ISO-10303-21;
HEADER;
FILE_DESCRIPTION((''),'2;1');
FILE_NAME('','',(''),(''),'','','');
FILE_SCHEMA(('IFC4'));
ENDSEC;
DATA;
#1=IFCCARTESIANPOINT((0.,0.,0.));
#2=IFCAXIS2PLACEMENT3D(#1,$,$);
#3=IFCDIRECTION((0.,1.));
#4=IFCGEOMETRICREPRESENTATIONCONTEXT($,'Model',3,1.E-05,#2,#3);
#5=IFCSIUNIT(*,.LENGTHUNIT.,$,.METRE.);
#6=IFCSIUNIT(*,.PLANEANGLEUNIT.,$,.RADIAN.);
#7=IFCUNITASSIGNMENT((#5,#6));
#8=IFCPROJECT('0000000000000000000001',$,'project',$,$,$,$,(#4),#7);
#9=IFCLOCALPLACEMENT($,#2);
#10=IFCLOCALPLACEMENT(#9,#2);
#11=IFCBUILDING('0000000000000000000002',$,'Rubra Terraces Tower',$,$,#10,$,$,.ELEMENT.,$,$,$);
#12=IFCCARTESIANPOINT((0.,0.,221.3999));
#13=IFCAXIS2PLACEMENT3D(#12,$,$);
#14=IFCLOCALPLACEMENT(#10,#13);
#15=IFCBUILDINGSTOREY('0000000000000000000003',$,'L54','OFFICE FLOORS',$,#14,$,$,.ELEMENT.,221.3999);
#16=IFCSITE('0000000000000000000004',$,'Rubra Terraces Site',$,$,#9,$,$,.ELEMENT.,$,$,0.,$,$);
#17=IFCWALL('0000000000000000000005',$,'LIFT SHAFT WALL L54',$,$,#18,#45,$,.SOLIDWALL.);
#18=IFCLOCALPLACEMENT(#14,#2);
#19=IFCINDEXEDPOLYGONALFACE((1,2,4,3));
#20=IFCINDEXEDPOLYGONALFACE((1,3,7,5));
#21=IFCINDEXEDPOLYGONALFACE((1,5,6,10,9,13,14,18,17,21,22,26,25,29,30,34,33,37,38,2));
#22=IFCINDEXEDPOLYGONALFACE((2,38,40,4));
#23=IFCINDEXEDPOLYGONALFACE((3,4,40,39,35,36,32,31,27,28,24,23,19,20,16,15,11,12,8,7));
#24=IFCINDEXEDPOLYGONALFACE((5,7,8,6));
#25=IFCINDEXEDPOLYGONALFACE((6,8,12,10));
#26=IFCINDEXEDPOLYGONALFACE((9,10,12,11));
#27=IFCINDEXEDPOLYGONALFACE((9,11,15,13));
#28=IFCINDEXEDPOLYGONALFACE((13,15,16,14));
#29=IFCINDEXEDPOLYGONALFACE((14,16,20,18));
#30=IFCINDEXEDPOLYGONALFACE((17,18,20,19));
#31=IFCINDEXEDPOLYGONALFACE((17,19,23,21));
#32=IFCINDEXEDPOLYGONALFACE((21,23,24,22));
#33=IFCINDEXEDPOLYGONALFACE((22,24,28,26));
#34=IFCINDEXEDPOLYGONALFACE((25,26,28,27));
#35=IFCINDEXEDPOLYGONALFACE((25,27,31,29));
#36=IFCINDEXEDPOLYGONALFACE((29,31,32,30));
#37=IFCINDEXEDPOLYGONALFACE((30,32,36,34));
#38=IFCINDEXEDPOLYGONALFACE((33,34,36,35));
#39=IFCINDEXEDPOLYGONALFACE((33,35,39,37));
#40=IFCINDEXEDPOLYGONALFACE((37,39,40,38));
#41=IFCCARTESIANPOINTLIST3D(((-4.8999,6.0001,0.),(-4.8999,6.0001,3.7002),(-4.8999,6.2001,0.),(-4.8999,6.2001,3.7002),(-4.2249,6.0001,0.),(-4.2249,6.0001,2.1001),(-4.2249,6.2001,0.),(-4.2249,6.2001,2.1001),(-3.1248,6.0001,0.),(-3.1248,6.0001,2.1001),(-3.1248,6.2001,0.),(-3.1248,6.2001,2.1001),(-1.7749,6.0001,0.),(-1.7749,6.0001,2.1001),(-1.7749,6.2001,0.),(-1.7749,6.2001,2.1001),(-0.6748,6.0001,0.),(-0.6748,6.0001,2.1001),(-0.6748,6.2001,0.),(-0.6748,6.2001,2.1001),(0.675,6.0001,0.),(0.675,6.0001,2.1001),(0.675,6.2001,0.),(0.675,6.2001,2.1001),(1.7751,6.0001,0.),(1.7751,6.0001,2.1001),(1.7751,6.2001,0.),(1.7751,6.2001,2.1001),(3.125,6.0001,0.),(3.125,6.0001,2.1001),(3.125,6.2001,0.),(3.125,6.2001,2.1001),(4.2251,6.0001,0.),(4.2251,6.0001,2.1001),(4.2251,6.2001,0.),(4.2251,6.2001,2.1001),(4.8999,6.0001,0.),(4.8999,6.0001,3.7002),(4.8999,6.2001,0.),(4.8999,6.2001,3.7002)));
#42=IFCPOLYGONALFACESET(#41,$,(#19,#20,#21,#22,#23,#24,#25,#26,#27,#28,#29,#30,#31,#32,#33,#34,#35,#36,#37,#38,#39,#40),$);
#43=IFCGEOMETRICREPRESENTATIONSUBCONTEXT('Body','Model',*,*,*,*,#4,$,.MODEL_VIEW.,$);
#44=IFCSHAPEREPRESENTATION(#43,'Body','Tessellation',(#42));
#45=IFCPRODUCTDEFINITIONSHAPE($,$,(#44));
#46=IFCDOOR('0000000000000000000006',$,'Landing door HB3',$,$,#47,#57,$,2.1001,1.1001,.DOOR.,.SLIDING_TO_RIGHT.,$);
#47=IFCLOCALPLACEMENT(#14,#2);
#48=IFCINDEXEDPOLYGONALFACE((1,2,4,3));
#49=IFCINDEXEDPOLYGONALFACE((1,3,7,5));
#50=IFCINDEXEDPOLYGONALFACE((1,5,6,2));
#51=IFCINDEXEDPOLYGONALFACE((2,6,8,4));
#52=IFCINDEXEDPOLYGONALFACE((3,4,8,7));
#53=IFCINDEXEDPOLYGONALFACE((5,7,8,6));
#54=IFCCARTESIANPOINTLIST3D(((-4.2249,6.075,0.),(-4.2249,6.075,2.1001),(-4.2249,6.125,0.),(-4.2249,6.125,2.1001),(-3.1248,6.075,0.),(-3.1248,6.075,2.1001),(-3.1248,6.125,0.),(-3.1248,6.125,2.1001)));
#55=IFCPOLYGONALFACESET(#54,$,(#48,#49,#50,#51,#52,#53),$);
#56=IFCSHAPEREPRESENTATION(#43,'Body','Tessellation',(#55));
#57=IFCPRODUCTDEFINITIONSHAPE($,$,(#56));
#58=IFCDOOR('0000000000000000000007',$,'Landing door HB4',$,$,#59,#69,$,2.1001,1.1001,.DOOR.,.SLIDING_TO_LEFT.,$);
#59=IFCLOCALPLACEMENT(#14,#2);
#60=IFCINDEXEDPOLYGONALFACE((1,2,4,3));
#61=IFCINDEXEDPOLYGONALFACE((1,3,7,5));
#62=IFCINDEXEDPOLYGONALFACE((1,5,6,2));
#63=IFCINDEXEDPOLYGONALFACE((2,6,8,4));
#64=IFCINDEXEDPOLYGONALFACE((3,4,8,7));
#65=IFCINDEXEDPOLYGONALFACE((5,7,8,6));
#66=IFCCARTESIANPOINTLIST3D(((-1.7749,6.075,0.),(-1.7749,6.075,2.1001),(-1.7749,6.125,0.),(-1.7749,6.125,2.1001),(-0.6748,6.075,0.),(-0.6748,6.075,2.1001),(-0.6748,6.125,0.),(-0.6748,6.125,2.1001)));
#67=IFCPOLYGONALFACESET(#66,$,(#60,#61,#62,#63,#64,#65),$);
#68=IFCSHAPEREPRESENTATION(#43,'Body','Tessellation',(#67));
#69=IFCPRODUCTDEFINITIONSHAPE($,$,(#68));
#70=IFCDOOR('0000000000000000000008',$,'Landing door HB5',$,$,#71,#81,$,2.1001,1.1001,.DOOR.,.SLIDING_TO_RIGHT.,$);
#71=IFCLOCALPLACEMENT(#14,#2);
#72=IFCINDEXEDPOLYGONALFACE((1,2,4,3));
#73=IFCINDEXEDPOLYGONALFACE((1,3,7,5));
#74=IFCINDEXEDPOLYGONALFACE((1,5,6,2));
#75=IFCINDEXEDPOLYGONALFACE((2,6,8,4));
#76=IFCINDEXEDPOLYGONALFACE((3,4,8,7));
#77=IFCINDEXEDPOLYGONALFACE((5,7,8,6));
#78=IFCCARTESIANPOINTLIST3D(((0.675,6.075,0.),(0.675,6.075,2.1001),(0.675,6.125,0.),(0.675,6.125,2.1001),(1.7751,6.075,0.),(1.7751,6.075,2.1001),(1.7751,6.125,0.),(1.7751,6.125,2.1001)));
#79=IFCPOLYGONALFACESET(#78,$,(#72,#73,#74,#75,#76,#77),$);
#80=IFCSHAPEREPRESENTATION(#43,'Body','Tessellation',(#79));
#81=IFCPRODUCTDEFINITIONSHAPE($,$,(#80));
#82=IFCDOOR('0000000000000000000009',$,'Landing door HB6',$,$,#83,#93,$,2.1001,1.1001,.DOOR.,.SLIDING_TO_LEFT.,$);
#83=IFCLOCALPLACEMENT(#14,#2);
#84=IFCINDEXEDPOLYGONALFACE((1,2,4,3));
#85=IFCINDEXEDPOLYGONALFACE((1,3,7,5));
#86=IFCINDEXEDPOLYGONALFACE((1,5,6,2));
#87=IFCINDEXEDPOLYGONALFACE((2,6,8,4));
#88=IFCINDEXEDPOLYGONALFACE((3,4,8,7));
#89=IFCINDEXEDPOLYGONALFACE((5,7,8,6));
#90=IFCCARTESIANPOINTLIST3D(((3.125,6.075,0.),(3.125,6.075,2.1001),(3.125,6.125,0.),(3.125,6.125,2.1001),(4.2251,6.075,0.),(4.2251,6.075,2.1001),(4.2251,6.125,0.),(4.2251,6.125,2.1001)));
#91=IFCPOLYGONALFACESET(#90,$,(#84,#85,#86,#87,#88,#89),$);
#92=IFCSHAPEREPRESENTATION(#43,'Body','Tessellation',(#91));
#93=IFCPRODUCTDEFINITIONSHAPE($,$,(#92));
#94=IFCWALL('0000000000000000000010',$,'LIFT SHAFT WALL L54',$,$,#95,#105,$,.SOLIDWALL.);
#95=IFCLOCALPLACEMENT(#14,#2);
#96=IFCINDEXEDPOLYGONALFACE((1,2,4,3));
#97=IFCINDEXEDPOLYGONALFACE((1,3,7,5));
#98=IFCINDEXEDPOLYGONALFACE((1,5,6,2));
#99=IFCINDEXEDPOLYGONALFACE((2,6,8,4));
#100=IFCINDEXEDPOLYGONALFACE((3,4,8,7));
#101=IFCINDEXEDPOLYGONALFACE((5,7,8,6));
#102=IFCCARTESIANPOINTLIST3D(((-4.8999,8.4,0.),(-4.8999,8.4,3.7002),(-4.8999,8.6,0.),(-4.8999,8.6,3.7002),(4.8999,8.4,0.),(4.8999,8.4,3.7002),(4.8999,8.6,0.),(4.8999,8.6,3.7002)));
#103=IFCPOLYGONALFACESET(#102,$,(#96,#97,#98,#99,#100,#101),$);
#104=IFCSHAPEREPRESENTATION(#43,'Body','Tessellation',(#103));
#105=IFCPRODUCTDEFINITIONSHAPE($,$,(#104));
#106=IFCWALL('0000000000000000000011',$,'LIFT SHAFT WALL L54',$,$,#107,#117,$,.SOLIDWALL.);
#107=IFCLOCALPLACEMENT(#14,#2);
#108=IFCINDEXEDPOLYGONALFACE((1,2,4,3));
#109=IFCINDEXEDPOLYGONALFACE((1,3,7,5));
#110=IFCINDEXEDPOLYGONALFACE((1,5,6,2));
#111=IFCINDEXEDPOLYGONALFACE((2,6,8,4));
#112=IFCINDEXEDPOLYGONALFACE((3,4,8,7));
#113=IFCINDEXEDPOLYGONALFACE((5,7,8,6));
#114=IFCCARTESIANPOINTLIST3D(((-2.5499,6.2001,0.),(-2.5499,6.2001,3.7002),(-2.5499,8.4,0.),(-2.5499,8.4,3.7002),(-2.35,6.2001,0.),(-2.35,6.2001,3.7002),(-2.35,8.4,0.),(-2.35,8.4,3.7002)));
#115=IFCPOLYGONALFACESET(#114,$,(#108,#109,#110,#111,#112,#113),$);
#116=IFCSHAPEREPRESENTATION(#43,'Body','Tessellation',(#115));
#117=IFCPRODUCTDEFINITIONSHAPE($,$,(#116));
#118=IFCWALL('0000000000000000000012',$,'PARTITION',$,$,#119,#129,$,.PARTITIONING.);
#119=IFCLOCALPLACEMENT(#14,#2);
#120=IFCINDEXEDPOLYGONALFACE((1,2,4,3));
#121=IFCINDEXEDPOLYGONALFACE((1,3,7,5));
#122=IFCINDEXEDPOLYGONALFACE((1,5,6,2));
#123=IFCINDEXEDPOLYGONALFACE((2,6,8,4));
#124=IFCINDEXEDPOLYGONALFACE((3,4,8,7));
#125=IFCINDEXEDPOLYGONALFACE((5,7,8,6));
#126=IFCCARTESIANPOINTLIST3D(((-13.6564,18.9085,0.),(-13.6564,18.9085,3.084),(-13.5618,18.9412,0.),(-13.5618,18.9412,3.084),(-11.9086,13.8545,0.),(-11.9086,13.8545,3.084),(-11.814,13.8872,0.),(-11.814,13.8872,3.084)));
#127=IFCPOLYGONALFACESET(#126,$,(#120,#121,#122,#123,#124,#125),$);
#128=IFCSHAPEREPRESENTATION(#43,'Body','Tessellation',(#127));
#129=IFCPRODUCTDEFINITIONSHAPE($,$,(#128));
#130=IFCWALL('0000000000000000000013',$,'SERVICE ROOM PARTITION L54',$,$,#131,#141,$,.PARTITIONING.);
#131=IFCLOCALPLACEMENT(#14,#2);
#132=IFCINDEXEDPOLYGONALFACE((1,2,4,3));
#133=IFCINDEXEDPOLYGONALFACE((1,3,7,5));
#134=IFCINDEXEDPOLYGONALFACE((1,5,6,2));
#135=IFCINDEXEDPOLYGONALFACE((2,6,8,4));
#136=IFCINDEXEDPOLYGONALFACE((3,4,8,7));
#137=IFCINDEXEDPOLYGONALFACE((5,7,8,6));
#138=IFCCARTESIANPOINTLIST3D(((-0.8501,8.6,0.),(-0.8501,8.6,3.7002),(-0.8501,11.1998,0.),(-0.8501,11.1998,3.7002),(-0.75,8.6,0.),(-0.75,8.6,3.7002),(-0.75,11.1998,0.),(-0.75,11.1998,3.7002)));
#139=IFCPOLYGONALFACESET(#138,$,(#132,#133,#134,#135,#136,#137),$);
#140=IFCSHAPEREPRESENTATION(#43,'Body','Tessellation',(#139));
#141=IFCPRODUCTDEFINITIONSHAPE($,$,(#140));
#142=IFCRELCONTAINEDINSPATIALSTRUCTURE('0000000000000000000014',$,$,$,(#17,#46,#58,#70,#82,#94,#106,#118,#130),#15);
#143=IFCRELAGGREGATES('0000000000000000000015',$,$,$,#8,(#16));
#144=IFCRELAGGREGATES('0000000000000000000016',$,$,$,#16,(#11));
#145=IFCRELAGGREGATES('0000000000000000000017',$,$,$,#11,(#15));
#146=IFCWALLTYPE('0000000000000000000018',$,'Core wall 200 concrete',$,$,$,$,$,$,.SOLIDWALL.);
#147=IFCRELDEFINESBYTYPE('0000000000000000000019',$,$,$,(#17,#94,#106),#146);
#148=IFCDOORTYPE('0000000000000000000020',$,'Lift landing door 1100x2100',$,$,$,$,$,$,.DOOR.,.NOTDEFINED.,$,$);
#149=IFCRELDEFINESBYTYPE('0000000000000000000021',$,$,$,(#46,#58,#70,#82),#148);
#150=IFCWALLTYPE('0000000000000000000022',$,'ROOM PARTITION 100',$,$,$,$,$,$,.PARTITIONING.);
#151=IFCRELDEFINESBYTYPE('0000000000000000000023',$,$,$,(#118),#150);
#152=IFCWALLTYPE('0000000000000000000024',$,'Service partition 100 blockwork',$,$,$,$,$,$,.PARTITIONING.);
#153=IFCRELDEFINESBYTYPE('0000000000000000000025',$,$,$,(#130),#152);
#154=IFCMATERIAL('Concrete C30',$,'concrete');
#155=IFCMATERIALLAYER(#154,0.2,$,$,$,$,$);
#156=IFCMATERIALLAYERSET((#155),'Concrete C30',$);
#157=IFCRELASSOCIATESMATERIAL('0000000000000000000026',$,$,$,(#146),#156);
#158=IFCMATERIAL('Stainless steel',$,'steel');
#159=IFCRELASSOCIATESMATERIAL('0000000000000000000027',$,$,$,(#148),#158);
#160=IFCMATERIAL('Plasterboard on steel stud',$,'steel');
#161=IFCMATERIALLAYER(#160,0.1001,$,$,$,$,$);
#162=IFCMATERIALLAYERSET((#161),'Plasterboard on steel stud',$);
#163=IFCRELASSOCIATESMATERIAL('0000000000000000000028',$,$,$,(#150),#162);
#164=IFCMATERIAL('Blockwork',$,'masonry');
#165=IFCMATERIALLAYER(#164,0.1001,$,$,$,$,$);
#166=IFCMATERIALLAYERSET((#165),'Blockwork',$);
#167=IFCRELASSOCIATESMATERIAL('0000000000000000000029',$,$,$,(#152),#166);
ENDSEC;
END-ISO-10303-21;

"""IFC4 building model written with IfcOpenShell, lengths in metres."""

from ifc_helpers import new_model, si_unit, direction, frame, frame_2d, origin, place, context, subcontext, project, spatial, rectangle, extrude, material, layer, layer_set, type_object, element, fill, save


model = new_model("IFC4")

# Units and contexts
model_context = context("Model", 3, precision=1e-05, world=origin(), true_north=direction((0.0, 1.0)))
body_context = subcontext(model_context, "Body", "Model", "MODEL_VIEW")
ifc_project = project(units=[si_unit("LENGTHUNIT", "METRE"), si_unit("PLANEANGLEUNIT", "RADIAN")], contexts=[model_context])

# Site, building, storey
site_placement = place(None, origin())
site = spatial("IfcSite", under=ifc_project, at=site_placement, Name="Rubra Terraces Site", CompositionType="ELEMENT", RefElevation=0.0)
building_placement = place(site_placement, origin())
building = spatial("IfcBuilding", under=site, at=building_placement, Name="Rubra Terraces Tower", CompositionType="ELEMENT")
storey_placement = place(building_placement, frame((0.0, 0.0, 221.3999)))
storey = spatial("IfcBuildingStorey", under=building, at=storey_placement, Name="L54", Description="OFFICE FLOORS", CompositionType="ELEMENT", Elevation=221.3999)

# Shared definitions
ifc_material_1 = material(Name="Concrete C30", Category="concrete")
ifc_layer_1 = layer(ifc_material_1, 0.2)
ifc_layer_set_1 = layer_set([ifc_layer_1], Name="Concrete C30")
wall_type_1 = type_object("IfcWallType", Name="Core wall 200 concrete", PredefinedType="SOLIDWALL", material=ifc_layer_set_1)

# Wall, openings, doors
ifc_material_2 = material(Name="Stainless steel", Category="steel")
door_type_1 = type_object("IfcDoorType", Name="Lift landing door 1100x2100", OperationType="NOTDEFINED", PredefinedType="DOOR", material=ifc_material_2)
wall_1_placement = place(storey_placement, frame((-4.8999, 6.1001, 0.0), z_axis=(0.0, 0.0, 1.0), x_axis=(1.0, 0.0, 0.0)))
wall_1 = element("IfcWall", 1, at=wall_1_placement, inside=storey, type_object=wall_type_1, Name="LIFT SHAFT WALL L54", PredefinedType="SOLIDWALL", context=body_context, shape_type="SweptSolid", body=[
    extrude(rectangle(XDim=9.7998, YDim=0.2, at=frame_2d((4.8999, 0.0))), origin(), (0.0, 0.0, 1.0), 3.7002),
])
opening_1_placement = place(wall_1_placement, frame((0.675, 0.0, 0.0)))
opening_1 = element("IfcOpeningElement", 2, at=opening_1_placement, cuts=wall_1, PredefinedType="OPENING", context=body_context, shape_type="SweptSolid", body=[
    extrude(rectangle(XDim=1.1001, YDim=2.1001, at=frame_2d((0.55, 1.05))), frame((0.0, 0.1099, 0.0), z_axis=(0.0, -1.0, 0.0), x_axis=(1.0, 0.0, 0.0)), (0.0, 0.0, 1.0), 0.22),
])
opening_2_placement = place(wall_1_placement, frame((3.125, 0.0, 0.0)))
opening_2 = element("IfcOpeningElement", 3, at=opening_2_placement, cuts=wall_1, PredefinedType="OPENING", context=body_context, shape_type="SweptSolid", body=[
    extrude(rectangle(XDim=1.1001, YDim=2.1001, at=frame_2d((0.55, 1.05))), frame((0.0, 0.1099, 0.0), z_axis=(0.0, -1.0, 0.0), x_axis=(1.0, 0.0, 0.0)), (0.0, 0.0, 1.0), 0.22),
])
opening_3_placement = place(wall_1_placement, frame((5.575, 0.0, 0.0)))
opening_3 = element("IfcOpeningElement", 4, at=opening_3_placement, cuts=wall_1, PredefinedType="OPENING", context=body_context, shape_type="SweptSolid", body=[
    extrude(rectangle(XDim=1.1001, YDim=2.1001, at=frame_2d((0.55, 1.05))), frame((0.0, 0.1099, 0.0), z_axis=(0.0, -1.0, 0.0), x_axis=(1.0, 0.0, 0.0)), (0.0, 0.0, 1.0), 0.22),
])
opening_4_placement = place(wall_1_placement, frame((8.0249, 0.0, 0.0)))
opening_4 = element("IfcOpeningElement", 5, at=opening_4_placement, cuts=wall_1, PredefinedType="OPENING", context=body_context, shape_type="SweptSolid", body=[
    extrude(rectangle(XDim=1.1001, YDim=2.1001, at=frame_2d((0.55, 1.05))), frame((0.0, 0.1099, 0.0), z_axis=(0.0, -1.0, 0.0), x_axis=(1.0, 0.0, 0.0)), (0.0, 0.0, 1.0), 0.22),
])
door_1_placement = place(opening_1_placement, origin())
door_1 = element("IfcDoor", 6, at=door_1_placement, inside=storey, type_object=door_type_1, Name="Landing door HB3", OperationType="SLIDING_TO_RIGHT", OverallHeight=2.1001, OverallWidth=1.1001, PredefinedType="DOOR", context=body_context, shape_type="SweptSolid", body=[
    extrude(rectangle(XDim=1.1001, YDim=2.1001, at=frame_2d((0.55, 1.05))), frame((0.0, 0.0249, 0.0), z_axis=(0.0, -1.0, 0.0), x_axis=(1.0, 0.0, 0.0)), (0.0, 0.0, 1.0), 0.05),
])
fill(opening_1, door_1)
door_2_placement = place(opening_2_placement, origin())
door_2 = element("IfcDoor", 7, at=door_2_placement, inside=storey, type_object=door_type_1, Name="Landing door HB4", OperationType="SLIDING_TO_LEFT", OverallHeight=2.1001, OverallWidth=1.1001, PredefinedType="DOOR", context=body_context, shape_type="SweptSolid", body=[
    extrude(rectangle(XDim=1.1001, YDim=2.1001, at=frame_2d((0.55, 1.05))), frame((0.0, 0.0249, 0.0), z_axis=(0.0, -1.0, 0.0), x_axis=(1.0, 0.0, 0.0)), (0.0, 0.0, 1.0), 0.05),
])
fill(opening_2, door_2)
door_3_placement = place(opening_3_placement, origin())
door_3 = element("IfcDoor", 8, at=door_3_placement, inside=storey, type_object=door_type_1, Name="Landing door HB5", OperationType="SLIDING_TO_RIGHT", OverallHeight=2.1001, OverallWidth=1.1001, PredefinedType="DOOR", context=body_context, shape_type="SweptSolid", body=[
    extrude(rectangle(XDim=1.1001, YDim=2.1001, at=frame_2d((0.55, 1.05))), frame((0.0, 0.0249, 0.0), z_axis=(0.0, -1.0, 0.0), x_axis=(1.0, 0.0, 0.0)), (0.0, 0.0, 1.0), 0.05),
])
fill(opening_3, door_3)
door_4_placement = place(opening_4_placement, origin())
door_4 = element("IfcDoor", 9, at=door_4_placement, inside=storey, type_object=door_type_1, Name="Landing door HB6", OperationType="SLIDING_TO_LEFT", OverallHeight=2.1001, OverallWidth=1.1001, PredefinedType="DOOR", context=body_context, shape_type="SweptSolid", body=[
    extrude(rectangle(XDim=1.1001, YDim=2.1001, at=frame_2d((0.55, 1.05))), frame((0.0, 0.0249, 0.0), z_axis=(0.0, -1.0, 0.0), x_axis=(1.0, 0.0, 0.0)), (0.0, 0.0, 1.0), 0.05),
])
fill(opening_4, door_4)

# Walls
wall_2_placement = place(storey_placement, frame((-4.8999, 8.5, 0.0), z_axis=(0.0, 0.0, 1.0), x_axis=(1.0, 0.0, 0.0)))
element("IfcWall", 10, at=wall_2_placement, inside=storey, type_object=wall_type_1, Name="LIFT SHAFT WALL L54", PredefinedType="SOLIDWALL", context=body_context, shape_type="SweptSolid", body=[
    extrude(rectangle(XDim=9.7998, YDim=0.2, at=frame_2d((4.8999, 0.0))), origin(), (0.0, 0.0, 1.0), 3.7002),
])
wall_3_placement = place(storey_placement, frame((-2.45, 6.2, 0.0), z_axis=(0.0, 0.0, 1.0), x_axis=(0.0, 1.0, 0.0)))
element("IfcWall", 11, at=wall_3_placement, inside=storey, type_object=wall_type_1, Name="LIFT SHAFT WALL L54", PredefinedType="SOLIDWALL", context=body_context, shape_type="SweptSolid", body=[
    extrude(rectangle(XDim=2.2, YDim=0.2, at=frame_2d((1.1001, 0.0))), origin(), (0.0, 0.0, 1.0), 3.7002),
])
ifc_material_3 = material(Name="Plasterboard on steel stud", Category="steel")
ifc_layer_2 = layer(ifc_material_3, 0.1001)
ifc_layer_set_2 = layer_set([ifc_layer_2], Name="Plasterboard on steel stud")
wall_type_2 = type_object("IfcWallType", Name="ROOM PARTITION 100", PredefinedType="PARTITIONING", material=ifc_layer_set_2)
wall_4_placement = place(storey_placement, frame((-11.8613, 13.8708, 0.0), z_axis=(0.0, 0.0, 1.0), x_axis=(-0.326836, 0.945081, 0.0)))
element("IfcWall", 12, at=wall_4_placement, inside=storey, type_object=wall_type_2, Name="PARTITION", PredefinedType="PARTITIONING", context=body_context, shape_type="SweptSolid", body=[
    extrude(rectangle(XDim=5.3477, YDim=0.1001, at=frame_2d((2.6738, 0.0))), origin(), (0.0, 0.0, 1.0), 3.084),
])
ifc_material_4 = material(Name="Blockwork", Category="masonry")
ifc_layer_3 = layer(ifc_material_4, 0.1001)
ifc_layer_set_3 = layer_set([ifc_layer_3], Name="Blockwork")
wall_type_3 = type_object("IfcWallType", Name="Service partition 100 blockwork", PredefinedType="PARTITIONING", material=ifc_layer_set_3)
wall_5_placement = place(storey_placement, frame((-0.8, 8.6001, 0.0), z_axis=(0.0, 0.0, 1.0), x_axis=(0.0, 1.0, 0.0)))
element("IfcWall", 13, at=wall_5_placement, inside=storey, type_object=wall_type_3, Name="SERVICE ROOM PARTITION L54", PredefinedType="PARTITIONING", context=body_context, shape_type="SweptSolid", body=[
    extrude(rectangle(XDim=2.5999, YDim=0.1001, at=frame_2d((1.2998, 0.0))), origin(), (0.0, 0.0, 1.0), 3.7002),
])

save(model, "model.ifc")
